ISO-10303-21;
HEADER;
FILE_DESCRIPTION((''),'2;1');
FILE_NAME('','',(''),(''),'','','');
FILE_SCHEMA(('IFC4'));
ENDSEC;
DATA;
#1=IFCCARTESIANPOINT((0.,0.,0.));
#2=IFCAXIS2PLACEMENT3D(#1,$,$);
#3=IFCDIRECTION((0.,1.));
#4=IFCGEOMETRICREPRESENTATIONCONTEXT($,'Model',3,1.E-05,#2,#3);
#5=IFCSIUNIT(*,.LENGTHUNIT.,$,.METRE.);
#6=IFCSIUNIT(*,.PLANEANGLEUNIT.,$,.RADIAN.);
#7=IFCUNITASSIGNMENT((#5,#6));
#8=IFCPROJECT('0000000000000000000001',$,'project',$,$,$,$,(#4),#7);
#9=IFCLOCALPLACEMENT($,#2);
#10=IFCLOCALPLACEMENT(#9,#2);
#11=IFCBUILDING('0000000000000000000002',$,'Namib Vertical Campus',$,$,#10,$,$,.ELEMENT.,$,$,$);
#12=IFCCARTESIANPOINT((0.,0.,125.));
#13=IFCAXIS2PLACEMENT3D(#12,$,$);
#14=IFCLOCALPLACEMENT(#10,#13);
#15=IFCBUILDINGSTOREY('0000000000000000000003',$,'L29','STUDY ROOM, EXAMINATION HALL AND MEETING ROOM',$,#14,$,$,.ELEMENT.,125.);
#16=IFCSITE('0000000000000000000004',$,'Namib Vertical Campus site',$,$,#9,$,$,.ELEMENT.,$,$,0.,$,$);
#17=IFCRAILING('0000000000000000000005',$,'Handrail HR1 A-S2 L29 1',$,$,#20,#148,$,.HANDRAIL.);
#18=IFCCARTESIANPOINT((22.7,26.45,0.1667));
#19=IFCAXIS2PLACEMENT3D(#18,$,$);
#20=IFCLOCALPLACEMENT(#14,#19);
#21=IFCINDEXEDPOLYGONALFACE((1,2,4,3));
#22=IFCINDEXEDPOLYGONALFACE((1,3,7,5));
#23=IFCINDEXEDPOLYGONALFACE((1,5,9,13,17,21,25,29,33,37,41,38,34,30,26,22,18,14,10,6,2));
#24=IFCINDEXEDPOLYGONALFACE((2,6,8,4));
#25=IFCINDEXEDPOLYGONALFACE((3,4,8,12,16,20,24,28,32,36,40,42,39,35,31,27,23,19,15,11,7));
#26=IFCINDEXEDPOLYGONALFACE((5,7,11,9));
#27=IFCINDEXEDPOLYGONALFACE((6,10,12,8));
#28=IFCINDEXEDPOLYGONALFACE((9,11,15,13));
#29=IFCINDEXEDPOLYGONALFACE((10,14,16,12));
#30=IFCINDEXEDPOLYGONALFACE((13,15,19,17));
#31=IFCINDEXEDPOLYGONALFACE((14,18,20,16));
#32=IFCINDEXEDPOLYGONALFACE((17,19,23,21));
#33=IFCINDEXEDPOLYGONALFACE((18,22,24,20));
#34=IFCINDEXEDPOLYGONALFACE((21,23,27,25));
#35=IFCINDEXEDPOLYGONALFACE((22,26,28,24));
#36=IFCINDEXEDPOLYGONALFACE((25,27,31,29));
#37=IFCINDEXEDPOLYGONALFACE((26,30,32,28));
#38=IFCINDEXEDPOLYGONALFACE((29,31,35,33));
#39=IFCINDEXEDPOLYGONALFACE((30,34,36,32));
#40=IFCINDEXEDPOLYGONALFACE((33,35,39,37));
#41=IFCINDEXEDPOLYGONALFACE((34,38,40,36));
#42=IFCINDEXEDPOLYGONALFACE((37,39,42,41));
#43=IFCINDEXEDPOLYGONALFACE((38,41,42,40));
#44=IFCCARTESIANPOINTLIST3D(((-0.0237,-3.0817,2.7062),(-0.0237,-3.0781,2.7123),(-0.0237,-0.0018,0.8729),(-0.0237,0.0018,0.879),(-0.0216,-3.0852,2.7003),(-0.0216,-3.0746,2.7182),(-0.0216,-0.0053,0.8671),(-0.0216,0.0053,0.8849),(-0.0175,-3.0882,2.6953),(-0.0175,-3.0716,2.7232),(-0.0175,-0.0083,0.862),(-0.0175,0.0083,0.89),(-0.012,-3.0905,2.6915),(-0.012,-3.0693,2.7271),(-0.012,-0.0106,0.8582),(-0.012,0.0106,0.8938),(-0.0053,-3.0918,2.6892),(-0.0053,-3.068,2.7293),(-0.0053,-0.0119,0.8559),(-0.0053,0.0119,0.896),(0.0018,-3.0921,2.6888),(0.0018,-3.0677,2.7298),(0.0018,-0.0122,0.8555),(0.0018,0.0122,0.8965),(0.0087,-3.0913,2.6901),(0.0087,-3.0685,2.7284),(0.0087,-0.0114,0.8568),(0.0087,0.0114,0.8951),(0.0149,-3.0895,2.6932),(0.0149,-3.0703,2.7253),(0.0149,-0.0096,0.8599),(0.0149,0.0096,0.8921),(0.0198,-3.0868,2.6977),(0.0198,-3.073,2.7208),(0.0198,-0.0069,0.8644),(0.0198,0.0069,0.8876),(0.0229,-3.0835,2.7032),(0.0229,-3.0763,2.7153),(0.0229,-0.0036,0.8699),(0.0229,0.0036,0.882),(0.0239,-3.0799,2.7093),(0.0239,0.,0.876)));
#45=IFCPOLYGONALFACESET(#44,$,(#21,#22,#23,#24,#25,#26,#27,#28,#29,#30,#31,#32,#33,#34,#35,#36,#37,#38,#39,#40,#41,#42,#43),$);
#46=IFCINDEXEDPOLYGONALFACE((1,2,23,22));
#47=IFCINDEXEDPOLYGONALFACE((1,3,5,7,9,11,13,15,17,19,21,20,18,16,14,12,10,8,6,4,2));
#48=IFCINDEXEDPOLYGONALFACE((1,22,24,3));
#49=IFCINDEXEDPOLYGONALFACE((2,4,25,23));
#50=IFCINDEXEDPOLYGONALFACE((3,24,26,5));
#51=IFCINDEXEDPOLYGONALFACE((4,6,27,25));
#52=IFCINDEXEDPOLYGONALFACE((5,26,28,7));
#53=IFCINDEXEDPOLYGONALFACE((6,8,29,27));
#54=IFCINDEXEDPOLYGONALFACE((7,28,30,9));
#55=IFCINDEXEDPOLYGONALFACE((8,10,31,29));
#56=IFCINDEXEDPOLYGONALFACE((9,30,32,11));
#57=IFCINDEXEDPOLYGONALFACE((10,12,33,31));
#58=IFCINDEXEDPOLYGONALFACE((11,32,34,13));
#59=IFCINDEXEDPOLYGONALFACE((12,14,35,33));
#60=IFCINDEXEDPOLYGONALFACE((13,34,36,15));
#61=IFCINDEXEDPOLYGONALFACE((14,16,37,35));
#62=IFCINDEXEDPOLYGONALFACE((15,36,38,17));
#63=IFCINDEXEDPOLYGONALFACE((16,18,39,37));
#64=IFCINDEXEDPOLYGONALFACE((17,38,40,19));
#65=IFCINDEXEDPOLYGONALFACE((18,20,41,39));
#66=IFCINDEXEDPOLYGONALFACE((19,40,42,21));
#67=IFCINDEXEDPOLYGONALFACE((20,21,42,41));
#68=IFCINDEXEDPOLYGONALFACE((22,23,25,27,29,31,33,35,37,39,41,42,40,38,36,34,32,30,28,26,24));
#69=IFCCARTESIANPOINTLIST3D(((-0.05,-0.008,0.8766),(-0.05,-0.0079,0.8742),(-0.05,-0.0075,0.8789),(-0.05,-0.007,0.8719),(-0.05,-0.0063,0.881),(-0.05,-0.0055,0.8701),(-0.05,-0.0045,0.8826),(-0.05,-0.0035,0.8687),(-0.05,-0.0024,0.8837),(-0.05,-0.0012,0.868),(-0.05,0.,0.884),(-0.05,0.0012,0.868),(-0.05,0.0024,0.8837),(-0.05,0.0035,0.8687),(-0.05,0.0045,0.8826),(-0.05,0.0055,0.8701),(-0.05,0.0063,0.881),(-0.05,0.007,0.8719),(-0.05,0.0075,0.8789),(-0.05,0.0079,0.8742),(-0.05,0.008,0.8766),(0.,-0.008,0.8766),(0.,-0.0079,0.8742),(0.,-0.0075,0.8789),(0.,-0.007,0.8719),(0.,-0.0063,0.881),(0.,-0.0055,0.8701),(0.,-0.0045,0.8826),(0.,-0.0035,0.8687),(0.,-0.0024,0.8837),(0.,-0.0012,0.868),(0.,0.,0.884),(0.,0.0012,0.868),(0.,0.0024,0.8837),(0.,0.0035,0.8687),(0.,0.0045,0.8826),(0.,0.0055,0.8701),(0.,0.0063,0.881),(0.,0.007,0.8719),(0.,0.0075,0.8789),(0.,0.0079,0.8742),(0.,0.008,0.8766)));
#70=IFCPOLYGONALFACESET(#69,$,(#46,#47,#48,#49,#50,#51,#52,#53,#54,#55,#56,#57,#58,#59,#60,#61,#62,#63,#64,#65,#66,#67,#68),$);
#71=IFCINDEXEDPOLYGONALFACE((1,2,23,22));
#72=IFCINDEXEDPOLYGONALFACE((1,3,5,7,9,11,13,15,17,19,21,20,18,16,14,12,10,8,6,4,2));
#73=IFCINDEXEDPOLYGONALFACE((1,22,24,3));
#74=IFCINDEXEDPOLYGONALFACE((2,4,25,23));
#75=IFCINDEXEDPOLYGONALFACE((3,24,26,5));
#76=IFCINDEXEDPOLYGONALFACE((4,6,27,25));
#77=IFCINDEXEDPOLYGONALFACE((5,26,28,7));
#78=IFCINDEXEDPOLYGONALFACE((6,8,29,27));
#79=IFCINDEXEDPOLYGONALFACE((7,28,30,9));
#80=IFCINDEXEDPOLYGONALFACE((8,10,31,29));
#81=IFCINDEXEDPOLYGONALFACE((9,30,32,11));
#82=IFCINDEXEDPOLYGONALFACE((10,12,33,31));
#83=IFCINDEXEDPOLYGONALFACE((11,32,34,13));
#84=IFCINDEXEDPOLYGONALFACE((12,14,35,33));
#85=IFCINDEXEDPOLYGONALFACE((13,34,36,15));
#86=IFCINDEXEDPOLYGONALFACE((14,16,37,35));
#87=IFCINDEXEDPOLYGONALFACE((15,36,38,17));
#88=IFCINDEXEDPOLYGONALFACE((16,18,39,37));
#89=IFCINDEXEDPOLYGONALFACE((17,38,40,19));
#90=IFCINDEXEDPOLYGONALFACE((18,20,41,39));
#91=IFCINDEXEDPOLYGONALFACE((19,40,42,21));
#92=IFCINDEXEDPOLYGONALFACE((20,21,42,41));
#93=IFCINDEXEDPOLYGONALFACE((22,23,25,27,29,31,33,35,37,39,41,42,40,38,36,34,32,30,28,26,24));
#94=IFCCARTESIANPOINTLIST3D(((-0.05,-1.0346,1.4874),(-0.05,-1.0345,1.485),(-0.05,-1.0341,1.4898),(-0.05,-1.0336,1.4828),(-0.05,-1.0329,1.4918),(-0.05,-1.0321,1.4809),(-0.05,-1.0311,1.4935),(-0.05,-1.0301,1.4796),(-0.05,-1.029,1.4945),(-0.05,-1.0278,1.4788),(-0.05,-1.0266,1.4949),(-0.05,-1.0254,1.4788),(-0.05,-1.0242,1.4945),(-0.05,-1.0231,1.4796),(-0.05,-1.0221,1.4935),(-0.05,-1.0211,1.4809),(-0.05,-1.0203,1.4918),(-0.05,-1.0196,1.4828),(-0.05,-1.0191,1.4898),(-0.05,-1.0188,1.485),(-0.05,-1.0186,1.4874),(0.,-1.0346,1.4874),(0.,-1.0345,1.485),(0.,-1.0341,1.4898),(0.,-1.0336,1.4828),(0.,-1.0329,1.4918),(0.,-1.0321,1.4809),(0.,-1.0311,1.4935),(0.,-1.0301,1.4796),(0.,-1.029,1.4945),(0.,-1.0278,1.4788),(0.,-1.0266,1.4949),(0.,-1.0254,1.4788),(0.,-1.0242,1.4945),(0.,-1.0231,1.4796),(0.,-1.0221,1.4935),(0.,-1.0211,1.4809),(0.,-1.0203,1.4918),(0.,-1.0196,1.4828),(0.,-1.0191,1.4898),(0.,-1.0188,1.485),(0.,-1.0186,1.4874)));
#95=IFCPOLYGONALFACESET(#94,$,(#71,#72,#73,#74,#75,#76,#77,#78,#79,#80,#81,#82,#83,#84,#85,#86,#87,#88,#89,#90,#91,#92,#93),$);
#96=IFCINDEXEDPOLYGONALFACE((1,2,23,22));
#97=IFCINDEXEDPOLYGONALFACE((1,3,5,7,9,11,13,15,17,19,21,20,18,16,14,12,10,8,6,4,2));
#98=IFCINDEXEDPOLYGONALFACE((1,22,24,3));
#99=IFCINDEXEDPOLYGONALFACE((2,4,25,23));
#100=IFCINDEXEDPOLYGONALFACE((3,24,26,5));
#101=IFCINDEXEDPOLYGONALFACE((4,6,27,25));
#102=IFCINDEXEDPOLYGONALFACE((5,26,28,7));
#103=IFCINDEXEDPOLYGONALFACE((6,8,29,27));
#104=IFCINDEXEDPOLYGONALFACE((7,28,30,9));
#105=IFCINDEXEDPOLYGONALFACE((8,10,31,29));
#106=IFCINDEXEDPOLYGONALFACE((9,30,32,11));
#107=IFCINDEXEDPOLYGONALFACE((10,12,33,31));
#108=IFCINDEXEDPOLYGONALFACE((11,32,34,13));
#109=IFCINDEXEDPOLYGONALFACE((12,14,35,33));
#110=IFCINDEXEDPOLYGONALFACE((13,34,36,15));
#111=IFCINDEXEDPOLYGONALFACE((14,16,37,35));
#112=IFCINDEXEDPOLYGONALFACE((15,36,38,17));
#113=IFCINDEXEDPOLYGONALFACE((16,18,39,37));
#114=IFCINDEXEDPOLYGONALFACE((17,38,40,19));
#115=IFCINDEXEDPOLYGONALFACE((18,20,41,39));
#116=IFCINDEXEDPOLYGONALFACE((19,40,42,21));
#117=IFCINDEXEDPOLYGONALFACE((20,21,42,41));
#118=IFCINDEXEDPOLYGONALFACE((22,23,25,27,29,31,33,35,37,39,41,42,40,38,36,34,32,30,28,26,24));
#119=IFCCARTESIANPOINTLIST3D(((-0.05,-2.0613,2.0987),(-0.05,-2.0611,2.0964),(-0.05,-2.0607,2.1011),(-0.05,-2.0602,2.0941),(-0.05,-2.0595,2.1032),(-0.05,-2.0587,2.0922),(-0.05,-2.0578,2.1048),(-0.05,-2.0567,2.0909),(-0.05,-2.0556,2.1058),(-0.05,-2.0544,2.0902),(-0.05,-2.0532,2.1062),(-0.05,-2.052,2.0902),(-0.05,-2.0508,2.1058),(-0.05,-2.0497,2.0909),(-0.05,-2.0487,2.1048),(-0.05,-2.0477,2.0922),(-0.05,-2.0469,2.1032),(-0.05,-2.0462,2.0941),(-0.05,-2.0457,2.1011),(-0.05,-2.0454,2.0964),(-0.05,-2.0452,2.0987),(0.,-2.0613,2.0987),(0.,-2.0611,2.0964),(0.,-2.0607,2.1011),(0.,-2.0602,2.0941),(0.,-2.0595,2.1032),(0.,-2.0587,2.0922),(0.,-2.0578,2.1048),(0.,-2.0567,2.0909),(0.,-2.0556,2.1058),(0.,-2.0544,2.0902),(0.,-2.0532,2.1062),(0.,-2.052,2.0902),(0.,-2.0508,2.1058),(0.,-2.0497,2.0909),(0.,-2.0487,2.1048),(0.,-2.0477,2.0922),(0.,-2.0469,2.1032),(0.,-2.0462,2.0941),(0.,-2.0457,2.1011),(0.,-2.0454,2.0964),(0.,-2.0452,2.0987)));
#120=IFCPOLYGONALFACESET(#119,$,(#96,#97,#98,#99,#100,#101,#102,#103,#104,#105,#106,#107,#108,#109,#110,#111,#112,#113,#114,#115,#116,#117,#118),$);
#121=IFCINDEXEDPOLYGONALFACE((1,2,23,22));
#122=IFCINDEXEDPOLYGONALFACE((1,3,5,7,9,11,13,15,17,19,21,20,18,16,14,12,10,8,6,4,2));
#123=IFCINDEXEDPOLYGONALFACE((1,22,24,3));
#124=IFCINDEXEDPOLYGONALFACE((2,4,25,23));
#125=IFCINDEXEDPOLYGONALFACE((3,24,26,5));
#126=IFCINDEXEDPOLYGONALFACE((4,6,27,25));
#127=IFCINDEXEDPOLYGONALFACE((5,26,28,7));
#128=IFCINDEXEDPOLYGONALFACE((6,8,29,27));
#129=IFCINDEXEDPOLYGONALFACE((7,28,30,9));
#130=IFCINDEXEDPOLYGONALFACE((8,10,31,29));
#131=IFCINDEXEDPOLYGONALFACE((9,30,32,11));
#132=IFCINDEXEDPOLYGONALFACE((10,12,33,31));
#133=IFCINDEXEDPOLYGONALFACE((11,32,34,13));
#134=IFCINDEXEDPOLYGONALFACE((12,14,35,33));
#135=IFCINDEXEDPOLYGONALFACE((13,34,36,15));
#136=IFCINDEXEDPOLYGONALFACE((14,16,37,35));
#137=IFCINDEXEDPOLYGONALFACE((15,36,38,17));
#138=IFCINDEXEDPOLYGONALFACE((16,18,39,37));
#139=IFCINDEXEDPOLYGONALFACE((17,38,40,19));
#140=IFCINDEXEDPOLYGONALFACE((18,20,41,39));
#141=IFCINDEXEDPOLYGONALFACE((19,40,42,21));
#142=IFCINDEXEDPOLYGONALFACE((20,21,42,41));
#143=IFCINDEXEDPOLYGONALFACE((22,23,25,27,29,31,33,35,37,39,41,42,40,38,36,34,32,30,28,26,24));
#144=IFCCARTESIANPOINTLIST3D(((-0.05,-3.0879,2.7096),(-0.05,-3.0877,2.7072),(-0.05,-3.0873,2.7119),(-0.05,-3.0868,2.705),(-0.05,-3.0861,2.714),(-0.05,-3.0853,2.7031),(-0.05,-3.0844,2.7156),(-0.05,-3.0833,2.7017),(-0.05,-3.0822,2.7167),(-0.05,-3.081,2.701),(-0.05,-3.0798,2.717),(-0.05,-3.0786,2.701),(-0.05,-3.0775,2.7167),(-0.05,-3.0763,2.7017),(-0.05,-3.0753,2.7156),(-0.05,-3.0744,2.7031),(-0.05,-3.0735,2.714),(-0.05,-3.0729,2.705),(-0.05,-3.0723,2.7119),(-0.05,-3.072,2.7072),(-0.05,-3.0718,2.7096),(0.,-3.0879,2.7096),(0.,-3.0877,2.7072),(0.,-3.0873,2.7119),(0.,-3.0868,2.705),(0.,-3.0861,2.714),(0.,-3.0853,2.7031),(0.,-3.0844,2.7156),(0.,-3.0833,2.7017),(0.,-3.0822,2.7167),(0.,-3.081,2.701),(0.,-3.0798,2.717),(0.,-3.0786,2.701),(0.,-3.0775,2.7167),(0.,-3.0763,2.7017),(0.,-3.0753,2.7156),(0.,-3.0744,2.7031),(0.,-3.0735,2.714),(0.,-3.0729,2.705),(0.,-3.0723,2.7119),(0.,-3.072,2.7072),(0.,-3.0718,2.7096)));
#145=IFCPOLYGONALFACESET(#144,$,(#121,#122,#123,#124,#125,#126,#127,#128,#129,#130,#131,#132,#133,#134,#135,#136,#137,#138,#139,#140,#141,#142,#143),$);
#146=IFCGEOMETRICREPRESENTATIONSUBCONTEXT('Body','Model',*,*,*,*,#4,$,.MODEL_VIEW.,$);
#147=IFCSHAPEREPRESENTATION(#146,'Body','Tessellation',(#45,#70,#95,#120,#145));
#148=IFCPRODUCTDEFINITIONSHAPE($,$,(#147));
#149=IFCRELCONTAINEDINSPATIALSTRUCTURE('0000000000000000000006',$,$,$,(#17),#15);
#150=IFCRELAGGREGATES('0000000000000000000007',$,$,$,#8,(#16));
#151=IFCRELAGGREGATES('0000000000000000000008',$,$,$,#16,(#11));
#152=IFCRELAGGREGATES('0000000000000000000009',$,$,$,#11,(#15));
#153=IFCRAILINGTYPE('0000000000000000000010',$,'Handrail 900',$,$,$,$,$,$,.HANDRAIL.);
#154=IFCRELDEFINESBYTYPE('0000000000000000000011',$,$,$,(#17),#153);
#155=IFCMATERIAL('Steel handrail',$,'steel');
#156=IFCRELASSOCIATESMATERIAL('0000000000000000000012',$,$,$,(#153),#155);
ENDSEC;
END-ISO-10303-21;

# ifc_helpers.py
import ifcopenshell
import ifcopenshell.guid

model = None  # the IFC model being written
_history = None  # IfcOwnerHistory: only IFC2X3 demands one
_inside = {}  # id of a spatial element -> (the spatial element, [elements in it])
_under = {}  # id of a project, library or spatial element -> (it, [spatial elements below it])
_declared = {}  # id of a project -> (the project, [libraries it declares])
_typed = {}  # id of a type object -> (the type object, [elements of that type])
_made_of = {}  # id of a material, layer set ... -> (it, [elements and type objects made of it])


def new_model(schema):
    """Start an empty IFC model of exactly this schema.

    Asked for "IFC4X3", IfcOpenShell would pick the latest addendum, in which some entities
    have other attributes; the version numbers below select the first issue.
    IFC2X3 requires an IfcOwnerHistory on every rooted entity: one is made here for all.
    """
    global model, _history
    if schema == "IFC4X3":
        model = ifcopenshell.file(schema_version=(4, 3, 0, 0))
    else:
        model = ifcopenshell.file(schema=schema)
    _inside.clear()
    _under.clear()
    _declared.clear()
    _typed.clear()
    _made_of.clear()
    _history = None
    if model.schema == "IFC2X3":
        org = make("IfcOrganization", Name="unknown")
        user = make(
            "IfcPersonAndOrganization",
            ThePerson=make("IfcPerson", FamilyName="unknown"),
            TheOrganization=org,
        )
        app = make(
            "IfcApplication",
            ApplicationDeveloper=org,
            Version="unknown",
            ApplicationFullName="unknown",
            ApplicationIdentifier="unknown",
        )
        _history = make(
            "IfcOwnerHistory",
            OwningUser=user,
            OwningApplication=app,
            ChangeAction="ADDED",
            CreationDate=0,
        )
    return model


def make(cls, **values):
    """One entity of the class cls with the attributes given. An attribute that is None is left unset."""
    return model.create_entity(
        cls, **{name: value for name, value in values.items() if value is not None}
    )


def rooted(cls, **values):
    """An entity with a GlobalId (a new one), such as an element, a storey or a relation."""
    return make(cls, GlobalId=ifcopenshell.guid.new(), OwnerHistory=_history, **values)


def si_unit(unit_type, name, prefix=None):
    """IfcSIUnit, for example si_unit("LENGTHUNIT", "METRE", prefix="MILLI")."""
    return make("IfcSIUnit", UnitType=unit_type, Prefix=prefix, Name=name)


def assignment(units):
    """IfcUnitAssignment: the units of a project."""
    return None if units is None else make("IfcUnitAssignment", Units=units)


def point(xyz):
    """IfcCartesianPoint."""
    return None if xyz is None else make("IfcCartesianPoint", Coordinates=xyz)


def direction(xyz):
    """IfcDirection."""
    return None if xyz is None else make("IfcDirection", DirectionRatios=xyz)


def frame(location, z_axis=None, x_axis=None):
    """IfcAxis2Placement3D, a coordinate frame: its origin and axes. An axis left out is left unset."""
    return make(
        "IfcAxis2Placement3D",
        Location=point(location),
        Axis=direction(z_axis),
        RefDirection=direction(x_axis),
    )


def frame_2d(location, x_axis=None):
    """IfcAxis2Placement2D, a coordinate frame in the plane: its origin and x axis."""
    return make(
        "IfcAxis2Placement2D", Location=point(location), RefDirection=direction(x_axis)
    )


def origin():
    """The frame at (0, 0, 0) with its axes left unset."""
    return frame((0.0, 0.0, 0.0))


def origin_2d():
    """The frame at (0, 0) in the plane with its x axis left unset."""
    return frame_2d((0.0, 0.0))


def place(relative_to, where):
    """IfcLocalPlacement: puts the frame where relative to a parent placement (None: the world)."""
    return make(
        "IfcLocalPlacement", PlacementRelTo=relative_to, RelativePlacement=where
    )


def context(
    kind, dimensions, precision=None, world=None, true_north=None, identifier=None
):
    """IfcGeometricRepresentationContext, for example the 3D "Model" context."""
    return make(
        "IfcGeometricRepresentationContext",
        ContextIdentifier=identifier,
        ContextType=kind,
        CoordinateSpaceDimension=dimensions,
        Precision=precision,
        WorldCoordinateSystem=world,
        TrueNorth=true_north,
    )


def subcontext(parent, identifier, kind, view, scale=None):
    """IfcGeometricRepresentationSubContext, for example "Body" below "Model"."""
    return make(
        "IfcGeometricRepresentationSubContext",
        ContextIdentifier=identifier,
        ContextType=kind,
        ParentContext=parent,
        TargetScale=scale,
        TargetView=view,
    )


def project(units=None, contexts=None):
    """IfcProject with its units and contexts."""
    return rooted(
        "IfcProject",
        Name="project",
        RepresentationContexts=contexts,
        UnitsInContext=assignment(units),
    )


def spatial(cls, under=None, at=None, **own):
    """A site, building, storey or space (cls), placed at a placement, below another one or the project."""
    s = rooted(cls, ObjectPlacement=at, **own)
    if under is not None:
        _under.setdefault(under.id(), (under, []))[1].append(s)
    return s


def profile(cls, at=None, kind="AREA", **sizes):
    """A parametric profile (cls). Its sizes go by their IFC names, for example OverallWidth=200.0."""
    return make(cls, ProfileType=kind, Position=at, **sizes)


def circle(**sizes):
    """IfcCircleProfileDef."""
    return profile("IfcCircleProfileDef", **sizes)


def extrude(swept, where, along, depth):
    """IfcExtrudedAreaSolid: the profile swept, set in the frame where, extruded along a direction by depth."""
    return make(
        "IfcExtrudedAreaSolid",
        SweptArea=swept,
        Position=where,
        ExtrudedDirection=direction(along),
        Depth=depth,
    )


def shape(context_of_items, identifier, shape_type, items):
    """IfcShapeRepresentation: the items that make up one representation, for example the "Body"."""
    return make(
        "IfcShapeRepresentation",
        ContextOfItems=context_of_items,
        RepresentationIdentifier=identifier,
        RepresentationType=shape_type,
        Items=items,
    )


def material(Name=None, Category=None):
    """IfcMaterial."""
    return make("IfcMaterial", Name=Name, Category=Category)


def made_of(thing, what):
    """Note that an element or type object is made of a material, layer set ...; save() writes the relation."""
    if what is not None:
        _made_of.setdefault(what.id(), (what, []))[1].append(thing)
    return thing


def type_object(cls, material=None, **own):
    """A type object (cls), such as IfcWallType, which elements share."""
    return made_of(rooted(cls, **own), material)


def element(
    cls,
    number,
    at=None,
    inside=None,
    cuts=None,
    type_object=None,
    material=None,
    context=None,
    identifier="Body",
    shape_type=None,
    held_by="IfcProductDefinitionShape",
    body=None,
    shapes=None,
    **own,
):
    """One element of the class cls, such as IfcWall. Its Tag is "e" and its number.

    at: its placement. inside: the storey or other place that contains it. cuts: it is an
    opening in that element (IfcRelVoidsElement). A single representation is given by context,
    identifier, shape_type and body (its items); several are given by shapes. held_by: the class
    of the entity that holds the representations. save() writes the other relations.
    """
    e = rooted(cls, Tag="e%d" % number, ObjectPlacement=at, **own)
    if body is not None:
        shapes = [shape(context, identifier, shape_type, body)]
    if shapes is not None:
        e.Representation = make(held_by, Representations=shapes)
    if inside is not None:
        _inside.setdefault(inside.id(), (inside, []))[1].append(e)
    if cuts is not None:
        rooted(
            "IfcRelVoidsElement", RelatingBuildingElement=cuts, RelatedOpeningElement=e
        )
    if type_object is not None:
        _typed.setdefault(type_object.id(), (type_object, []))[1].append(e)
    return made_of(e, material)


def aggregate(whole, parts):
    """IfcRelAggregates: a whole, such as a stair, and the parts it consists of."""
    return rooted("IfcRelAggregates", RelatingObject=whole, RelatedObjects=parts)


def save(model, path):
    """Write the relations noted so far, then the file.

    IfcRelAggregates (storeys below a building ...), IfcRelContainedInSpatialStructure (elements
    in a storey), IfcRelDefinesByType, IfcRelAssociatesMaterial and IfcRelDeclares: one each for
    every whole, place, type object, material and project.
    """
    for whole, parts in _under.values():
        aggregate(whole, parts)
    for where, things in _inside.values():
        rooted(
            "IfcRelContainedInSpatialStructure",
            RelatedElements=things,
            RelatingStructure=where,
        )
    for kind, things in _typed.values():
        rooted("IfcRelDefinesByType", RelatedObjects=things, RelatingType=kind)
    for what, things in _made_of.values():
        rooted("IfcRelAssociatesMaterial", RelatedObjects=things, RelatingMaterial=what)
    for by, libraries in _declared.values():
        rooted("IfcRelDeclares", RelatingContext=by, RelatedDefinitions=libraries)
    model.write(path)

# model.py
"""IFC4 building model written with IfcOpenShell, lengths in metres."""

from ifc_helpers import new_model, si_unit, direction, frame, origin, origin_2d, place, context, subcontext, project, spatial, circle, extrude, material, type_object, element, save


model = new_model("IFC4")

# Units and contexts
model_context = context("Model", 3, precision=1e-05, world=origin(), true_north=direction((0.0, 1.0)))
body_context = subcontext(model_context, "Body", "Model", "MODEL_VIEW")
ifc_project = project(units=[si_unit("LENGTHUNIT", "METRE"), si_unit("PLANEANGLEUNIT", "RADIAN")], contexts=[model_context])

# Site, building, storey
site_placement = place(None, origin())
site = spatial("IfcSite", under=ifc_project, at=site_placement, Name="Namib Vertical Campus site", CompositionType="ELEMENT", RefElevation=0.0)
building_placement = place(site_placement, origin())
building = spatial("IfcBuilding", under=site, at=building_placement, Name="Namib Vertical Campus", CompositionType="ELEMENT")
storey_placement = place(building_placement, frame((0.0, 0.0, 125.0)))
storey = spatial("IfcBuildingStorey", under=building, at=storey_placement, Name="L29", Description="STUDY ROOM, EXAMINATION HALL AND MEETING ROOM", CompositionType="ELEMENT", Elevation=125.0)

# Railing
ifc_material_1 = material(Name="Steel handrail", Category="steel")
railing_type_1 = type_object("IfcRailingType", Name="Handrail 900", PredefinedType="HANDRAIL", material=ifc_material_1)
railing_1_placement = place(storey_placement, frame((22.7, 26.45, 0.1667)))
element("IfcRailing", 1, at=railing_1_placement, inside=storey, type_object=railing_type_1, Name="Handrail HR1 A-S2 L29 1", PredefinedType="HANDRAIL", context=body_context, shape_type="SweptSolid", body=[
    extrude(circle(Radius=0.0239, at=origin_2d()), frame((0.0, 0.0, 0.876), z_axis=(0.0, -0.859291, 0.511487), x_axis=(1.0, 0.0, 0.0)), (0.0, 0.0, 1.0), 3.5842),
    extrude(circle(Radius=0.0081, at=origin_2d()), frame((0.0, 0.0, 0.876), z_axis=(-1.0, 0.0, 0.0), x_axis=(0.0, 0.0, 1.0)), (0.0, 0.0, 1.0), 0.05),
    extrude(circle(Radius=0.0081, at=origin_2d()), frame((0.0, -1.0266, 1.4868), z_axis=(-1.0, 0.0, 0.0), x_axis=(0.0, 0.0, 1.0)), (0.0, 0.0, 1.0), 0.05),
    extrude(circle(Radius=0.0081, at=origin_2d()), frame((0.0, -2.0532, 2.0981), z_axis=(-1.0, 0.0, 0.0), x_axis=(0.0, 0.0, 1.0)), (0.0, 0.0, 1.0), 0.05),
    extrude(circle(Radius=0.0081, at=origin_2d()), frame((0.0, -3.0798, 2.709), z_axis=(-1.0, 0.0, 0.0), x_axis=(0.0, 0.0, 1.0)), (0.0, 0.0, 1.0), 0.05),
])

save(model, "model.ifc")
